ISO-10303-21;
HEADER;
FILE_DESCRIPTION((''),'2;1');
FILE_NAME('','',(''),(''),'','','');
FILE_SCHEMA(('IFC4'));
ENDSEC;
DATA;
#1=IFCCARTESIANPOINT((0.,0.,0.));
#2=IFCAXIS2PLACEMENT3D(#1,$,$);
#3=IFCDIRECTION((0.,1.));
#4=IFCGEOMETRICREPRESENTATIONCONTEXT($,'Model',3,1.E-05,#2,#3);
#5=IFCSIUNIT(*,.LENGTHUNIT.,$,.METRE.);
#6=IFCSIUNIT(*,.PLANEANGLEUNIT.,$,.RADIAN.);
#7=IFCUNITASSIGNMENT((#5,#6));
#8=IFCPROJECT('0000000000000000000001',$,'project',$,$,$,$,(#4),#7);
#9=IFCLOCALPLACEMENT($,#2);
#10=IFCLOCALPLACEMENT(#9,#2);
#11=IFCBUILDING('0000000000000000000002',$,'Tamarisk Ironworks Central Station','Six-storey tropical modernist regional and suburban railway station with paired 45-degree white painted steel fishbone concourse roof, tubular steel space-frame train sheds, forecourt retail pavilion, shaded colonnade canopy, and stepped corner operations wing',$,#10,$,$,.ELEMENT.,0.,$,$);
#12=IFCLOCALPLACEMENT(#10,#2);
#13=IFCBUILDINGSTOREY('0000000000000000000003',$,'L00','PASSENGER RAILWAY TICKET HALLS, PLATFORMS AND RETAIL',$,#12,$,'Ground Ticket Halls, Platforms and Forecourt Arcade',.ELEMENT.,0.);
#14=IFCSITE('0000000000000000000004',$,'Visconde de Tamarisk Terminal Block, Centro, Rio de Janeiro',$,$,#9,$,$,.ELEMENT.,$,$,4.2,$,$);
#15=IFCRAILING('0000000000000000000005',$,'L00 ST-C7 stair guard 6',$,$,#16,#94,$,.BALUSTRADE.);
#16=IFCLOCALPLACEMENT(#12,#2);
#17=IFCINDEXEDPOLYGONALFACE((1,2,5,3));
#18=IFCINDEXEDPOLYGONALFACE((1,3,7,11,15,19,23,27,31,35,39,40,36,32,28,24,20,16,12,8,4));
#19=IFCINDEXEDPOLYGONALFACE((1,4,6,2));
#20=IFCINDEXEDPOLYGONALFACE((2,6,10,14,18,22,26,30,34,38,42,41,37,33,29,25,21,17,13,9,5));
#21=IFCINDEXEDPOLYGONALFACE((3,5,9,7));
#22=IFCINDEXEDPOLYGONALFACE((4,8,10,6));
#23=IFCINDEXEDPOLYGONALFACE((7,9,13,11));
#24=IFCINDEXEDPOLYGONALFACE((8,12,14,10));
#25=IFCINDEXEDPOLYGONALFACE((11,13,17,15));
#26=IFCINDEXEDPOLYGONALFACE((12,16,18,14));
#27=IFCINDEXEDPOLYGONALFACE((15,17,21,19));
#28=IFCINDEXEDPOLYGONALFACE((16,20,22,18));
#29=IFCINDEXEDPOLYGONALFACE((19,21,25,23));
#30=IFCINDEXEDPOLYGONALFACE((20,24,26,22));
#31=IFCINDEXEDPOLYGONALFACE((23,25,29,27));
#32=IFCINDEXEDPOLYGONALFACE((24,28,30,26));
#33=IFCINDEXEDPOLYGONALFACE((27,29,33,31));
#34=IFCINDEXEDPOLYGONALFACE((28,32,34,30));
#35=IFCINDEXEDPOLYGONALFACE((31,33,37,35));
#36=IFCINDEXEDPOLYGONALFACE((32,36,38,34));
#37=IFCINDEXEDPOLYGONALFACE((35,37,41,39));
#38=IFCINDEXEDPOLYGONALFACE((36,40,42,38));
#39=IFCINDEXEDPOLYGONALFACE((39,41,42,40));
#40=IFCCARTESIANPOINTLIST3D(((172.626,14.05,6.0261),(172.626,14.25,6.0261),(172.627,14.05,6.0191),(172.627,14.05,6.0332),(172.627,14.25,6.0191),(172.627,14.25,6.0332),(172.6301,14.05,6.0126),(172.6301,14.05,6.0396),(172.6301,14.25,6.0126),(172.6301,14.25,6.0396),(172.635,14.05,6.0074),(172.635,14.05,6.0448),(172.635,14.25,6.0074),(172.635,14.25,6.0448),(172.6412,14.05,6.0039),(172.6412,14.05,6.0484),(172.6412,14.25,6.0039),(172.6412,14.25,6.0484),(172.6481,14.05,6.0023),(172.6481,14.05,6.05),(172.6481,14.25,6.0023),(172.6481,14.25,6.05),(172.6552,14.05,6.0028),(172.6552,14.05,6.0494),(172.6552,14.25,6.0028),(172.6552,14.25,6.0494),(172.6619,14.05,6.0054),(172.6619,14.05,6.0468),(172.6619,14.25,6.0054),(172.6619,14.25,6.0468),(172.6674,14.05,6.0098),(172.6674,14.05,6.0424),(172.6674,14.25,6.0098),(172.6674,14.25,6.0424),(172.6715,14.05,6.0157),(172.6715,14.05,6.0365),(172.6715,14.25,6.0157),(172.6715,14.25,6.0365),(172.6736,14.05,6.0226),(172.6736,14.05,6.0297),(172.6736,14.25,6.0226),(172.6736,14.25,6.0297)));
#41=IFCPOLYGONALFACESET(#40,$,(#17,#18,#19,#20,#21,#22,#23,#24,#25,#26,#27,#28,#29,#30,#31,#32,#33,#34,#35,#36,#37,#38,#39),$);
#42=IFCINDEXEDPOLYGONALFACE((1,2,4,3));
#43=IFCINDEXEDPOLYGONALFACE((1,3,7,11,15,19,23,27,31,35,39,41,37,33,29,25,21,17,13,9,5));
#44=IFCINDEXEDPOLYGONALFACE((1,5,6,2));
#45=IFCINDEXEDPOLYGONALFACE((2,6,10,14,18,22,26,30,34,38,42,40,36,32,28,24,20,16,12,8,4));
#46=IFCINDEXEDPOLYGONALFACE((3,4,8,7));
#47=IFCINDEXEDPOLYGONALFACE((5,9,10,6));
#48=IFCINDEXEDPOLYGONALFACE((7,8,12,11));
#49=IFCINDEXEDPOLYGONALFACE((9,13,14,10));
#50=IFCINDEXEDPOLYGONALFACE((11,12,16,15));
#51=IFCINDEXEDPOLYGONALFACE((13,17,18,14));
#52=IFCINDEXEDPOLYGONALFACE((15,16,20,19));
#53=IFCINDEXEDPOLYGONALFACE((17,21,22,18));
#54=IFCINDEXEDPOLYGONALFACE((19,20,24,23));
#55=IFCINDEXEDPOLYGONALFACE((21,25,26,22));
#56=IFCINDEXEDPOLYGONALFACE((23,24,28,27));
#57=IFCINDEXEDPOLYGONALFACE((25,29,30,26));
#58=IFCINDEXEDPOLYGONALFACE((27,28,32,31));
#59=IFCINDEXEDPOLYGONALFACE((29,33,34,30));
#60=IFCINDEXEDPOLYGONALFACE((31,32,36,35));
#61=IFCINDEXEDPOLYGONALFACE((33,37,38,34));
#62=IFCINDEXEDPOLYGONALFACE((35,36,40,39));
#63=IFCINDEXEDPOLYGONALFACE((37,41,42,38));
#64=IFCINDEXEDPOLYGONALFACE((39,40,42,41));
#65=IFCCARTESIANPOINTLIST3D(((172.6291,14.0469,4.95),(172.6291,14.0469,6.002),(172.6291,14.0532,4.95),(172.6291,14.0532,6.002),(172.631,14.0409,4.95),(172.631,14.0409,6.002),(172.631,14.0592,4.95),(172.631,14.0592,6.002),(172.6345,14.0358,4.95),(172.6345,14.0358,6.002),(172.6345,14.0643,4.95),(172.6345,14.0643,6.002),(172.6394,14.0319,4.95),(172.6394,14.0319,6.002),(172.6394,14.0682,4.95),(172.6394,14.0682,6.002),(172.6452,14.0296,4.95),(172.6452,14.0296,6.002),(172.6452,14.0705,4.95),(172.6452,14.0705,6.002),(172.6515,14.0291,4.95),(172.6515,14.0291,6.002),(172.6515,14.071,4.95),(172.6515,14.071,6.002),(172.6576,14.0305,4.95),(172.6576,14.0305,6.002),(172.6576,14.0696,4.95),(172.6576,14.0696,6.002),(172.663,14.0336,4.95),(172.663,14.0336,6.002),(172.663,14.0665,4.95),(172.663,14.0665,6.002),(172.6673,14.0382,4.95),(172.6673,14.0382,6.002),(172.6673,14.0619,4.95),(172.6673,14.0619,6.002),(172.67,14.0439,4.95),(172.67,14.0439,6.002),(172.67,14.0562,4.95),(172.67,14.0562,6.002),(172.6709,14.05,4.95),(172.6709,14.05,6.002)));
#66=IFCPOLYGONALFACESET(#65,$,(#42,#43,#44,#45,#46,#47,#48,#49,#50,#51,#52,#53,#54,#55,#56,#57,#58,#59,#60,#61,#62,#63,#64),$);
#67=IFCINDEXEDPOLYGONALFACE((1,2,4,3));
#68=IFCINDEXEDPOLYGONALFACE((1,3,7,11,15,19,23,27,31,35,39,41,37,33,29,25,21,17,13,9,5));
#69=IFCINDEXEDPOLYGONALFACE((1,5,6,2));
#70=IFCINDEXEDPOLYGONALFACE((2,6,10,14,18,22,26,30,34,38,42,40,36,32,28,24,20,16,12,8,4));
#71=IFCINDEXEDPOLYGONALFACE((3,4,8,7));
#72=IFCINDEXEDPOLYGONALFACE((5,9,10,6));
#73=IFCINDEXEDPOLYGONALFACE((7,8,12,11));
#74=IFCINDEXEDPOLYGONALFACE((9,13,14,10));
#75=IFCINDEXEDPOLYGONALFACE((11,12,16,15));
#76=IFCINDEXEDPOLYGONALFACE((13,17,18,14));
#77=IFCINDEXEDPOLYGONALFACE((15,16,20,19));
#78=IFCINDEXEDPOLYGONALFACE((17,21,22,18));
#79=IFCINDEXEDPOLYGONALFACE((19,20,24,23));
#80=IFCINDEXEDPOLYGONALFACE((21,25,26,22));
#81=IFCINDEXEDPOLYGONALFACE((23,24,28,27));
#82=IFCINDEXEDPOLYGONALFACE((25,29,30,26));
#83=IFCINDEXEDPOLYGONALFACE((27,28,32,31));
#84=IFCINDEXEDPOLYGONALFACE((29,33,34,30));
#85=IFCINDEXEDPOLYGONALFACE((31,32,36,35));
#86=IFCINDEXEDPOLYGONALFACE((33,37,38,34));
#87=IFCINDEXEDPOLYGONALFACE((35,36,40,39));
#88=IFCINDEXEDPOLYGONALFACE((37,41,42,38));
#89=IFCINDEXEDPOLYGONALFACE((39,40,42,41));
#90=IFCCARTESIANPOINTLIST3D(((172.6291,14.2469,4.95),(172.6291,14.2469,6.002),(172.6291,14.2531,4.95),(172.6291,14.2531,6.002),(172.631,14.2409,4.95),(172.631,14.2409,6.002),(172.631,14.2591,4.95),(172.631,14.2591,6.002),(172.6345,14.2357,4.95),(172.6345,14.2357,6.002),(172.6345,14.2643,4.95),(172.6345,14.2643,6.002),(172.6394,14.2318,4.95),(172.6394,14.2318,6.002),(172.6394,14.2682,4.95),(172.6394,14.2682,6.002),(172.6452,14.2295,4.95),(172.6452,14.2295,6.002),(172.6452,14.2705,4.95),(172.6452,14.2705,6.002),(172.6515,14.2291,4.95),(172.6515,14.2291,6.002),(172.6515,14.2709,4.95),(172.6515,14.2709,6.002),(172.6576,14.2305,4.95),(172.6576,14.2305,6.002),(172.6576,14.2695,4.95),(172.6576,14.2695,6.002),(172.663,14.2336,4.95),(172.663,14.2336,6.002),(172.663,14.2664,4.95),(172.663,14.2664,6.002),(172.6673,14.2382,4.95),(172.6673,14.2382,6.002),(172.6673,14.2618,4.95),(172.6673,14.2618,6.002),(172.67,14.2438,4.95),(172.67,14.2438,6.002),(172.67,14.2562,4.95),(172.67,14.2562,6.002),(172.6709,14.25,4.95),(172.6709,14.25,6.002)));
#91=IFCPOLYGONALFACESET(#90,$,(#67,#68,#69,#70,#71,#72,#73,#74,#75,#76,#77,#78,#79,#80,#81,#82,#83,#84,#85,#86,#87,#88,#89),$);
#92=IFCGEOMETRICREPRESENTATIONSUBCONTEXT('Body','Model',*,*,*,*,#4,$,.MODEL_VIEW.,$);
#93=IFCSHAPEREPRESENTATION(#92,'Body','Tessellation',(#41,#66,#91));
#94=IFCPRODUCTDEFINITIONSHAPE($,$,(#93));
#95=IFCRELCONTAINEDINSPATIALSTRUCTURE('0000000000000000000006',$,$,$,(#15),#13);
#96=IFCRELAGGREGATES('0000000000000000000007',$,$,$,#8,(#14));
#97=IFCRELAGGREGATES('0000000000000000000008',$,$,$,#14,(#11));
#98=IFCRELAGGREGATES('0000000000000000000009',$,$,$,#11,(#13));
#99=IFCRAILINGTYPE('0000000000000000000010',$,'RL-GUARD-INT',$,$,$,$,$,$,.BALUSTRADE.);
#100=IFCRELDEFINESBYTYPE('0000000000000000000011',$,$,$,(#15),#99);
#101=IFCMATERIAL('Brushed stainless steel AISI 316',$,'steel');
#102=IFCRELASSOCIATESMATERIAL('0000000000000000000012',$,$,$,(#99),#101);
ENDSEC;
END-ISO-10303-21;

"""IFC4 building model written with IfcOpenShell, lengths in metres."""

from ifc_helpers import new_model, si_unit, direction, frame, origin, origin_2d, place, context, subcontext, project, spatial, circle, extrude, material, type_object, element, save


model = new_model("IFC4")

# Units and contexts
model_context = context("Model", 3, precision=1e-05, world=origin(), true_north=direction((0.0, 1.0)))
body_context = subcontext(model_context, "Body", "Model", "MODEL_VIEW")
ifc_project = project(units=[si_unit("LENGTHUNIT", "METRE"), si_unit("PLANEANGLEUNIT", "RADIAN")], contexts=[model_context])

# Site, building, storey
site_placement = place(None, origin())
site = spatial("IfcSite", under=ifc_project, at=site_placement, Name="Visconde de Tamarisk Terminal Block, Centro, Rio de Janeiro", CompositionType="ELEMENT", RefElevation=4.2)
building_placement = place(site_placement, origin())
building = spatial("IfcBuilding", under=site, at=building_placement, Name="Tamarisk Ironworks Central Station", Description="Six-storey tropical modernist regional and suburban railway station with paired 45-degree white painted steel fishbone concourse roof, tubular steel space-frame train sheds, forecourt retail pavilion, shaded colonnade canopy, and stepped corner operations wing", CompositionType="ELEMENT", ElevationOfRefHeight=0.0)
storey_placement = place(building_placement, origin())
storey = spatial("IfcBuildingStorey", under=building, at=storey_placement, Name="L00", Description="PASSENGER RAILWAY TICKET HALLS, PLATFORMS AND RETAIL", LongName="Ground Ticket Halls, Platforms and Forecourt Arcade", CompositionType="ELEMENT", Elevation=0.0)

# Railing
ifc_material_1 = material(Name="Brushed stainless steel AISI 316", Category="steel")
railing_type_1 = type_object("IfcRailingType", Name="RL-GUARD-INT", PredefinedType="BALUSTRADE", material=ifc_material_1)
railing_1_placement = place(storey_placement, frame((172.6499, 14.05, 4.95)))
element("IfcRailing", 1, at=railing_1_placement, inside=storey, type_object=railing_type_1, Name="L00 ST-C7 stair guard 6", PredefinedType="BALUSTRADE", context=body_context, shape_type="SweptSolid", body=[
    extrude(circle(Radius=0.0239, at=origin_2d()), frame((0.0, 0.0, 1.0762), z_axis=(0.0, 1.0, 0.0), x_axis=(-1.0, 0.0, 0.0)), (0.0, 0.0, 1.0), 0.2),
    extrude(circle(Radius=0.021, at=origin_2d()), origin(), (0.0, 0.0, 1.0), 1.052),
    extrude(circle(Radius=0.021, at=origin_2d()), frame((0.0, 0.2, 0.0)), (0.0, 0.0, 1.0), 1.052),
])

save(model, "model.ifc")
